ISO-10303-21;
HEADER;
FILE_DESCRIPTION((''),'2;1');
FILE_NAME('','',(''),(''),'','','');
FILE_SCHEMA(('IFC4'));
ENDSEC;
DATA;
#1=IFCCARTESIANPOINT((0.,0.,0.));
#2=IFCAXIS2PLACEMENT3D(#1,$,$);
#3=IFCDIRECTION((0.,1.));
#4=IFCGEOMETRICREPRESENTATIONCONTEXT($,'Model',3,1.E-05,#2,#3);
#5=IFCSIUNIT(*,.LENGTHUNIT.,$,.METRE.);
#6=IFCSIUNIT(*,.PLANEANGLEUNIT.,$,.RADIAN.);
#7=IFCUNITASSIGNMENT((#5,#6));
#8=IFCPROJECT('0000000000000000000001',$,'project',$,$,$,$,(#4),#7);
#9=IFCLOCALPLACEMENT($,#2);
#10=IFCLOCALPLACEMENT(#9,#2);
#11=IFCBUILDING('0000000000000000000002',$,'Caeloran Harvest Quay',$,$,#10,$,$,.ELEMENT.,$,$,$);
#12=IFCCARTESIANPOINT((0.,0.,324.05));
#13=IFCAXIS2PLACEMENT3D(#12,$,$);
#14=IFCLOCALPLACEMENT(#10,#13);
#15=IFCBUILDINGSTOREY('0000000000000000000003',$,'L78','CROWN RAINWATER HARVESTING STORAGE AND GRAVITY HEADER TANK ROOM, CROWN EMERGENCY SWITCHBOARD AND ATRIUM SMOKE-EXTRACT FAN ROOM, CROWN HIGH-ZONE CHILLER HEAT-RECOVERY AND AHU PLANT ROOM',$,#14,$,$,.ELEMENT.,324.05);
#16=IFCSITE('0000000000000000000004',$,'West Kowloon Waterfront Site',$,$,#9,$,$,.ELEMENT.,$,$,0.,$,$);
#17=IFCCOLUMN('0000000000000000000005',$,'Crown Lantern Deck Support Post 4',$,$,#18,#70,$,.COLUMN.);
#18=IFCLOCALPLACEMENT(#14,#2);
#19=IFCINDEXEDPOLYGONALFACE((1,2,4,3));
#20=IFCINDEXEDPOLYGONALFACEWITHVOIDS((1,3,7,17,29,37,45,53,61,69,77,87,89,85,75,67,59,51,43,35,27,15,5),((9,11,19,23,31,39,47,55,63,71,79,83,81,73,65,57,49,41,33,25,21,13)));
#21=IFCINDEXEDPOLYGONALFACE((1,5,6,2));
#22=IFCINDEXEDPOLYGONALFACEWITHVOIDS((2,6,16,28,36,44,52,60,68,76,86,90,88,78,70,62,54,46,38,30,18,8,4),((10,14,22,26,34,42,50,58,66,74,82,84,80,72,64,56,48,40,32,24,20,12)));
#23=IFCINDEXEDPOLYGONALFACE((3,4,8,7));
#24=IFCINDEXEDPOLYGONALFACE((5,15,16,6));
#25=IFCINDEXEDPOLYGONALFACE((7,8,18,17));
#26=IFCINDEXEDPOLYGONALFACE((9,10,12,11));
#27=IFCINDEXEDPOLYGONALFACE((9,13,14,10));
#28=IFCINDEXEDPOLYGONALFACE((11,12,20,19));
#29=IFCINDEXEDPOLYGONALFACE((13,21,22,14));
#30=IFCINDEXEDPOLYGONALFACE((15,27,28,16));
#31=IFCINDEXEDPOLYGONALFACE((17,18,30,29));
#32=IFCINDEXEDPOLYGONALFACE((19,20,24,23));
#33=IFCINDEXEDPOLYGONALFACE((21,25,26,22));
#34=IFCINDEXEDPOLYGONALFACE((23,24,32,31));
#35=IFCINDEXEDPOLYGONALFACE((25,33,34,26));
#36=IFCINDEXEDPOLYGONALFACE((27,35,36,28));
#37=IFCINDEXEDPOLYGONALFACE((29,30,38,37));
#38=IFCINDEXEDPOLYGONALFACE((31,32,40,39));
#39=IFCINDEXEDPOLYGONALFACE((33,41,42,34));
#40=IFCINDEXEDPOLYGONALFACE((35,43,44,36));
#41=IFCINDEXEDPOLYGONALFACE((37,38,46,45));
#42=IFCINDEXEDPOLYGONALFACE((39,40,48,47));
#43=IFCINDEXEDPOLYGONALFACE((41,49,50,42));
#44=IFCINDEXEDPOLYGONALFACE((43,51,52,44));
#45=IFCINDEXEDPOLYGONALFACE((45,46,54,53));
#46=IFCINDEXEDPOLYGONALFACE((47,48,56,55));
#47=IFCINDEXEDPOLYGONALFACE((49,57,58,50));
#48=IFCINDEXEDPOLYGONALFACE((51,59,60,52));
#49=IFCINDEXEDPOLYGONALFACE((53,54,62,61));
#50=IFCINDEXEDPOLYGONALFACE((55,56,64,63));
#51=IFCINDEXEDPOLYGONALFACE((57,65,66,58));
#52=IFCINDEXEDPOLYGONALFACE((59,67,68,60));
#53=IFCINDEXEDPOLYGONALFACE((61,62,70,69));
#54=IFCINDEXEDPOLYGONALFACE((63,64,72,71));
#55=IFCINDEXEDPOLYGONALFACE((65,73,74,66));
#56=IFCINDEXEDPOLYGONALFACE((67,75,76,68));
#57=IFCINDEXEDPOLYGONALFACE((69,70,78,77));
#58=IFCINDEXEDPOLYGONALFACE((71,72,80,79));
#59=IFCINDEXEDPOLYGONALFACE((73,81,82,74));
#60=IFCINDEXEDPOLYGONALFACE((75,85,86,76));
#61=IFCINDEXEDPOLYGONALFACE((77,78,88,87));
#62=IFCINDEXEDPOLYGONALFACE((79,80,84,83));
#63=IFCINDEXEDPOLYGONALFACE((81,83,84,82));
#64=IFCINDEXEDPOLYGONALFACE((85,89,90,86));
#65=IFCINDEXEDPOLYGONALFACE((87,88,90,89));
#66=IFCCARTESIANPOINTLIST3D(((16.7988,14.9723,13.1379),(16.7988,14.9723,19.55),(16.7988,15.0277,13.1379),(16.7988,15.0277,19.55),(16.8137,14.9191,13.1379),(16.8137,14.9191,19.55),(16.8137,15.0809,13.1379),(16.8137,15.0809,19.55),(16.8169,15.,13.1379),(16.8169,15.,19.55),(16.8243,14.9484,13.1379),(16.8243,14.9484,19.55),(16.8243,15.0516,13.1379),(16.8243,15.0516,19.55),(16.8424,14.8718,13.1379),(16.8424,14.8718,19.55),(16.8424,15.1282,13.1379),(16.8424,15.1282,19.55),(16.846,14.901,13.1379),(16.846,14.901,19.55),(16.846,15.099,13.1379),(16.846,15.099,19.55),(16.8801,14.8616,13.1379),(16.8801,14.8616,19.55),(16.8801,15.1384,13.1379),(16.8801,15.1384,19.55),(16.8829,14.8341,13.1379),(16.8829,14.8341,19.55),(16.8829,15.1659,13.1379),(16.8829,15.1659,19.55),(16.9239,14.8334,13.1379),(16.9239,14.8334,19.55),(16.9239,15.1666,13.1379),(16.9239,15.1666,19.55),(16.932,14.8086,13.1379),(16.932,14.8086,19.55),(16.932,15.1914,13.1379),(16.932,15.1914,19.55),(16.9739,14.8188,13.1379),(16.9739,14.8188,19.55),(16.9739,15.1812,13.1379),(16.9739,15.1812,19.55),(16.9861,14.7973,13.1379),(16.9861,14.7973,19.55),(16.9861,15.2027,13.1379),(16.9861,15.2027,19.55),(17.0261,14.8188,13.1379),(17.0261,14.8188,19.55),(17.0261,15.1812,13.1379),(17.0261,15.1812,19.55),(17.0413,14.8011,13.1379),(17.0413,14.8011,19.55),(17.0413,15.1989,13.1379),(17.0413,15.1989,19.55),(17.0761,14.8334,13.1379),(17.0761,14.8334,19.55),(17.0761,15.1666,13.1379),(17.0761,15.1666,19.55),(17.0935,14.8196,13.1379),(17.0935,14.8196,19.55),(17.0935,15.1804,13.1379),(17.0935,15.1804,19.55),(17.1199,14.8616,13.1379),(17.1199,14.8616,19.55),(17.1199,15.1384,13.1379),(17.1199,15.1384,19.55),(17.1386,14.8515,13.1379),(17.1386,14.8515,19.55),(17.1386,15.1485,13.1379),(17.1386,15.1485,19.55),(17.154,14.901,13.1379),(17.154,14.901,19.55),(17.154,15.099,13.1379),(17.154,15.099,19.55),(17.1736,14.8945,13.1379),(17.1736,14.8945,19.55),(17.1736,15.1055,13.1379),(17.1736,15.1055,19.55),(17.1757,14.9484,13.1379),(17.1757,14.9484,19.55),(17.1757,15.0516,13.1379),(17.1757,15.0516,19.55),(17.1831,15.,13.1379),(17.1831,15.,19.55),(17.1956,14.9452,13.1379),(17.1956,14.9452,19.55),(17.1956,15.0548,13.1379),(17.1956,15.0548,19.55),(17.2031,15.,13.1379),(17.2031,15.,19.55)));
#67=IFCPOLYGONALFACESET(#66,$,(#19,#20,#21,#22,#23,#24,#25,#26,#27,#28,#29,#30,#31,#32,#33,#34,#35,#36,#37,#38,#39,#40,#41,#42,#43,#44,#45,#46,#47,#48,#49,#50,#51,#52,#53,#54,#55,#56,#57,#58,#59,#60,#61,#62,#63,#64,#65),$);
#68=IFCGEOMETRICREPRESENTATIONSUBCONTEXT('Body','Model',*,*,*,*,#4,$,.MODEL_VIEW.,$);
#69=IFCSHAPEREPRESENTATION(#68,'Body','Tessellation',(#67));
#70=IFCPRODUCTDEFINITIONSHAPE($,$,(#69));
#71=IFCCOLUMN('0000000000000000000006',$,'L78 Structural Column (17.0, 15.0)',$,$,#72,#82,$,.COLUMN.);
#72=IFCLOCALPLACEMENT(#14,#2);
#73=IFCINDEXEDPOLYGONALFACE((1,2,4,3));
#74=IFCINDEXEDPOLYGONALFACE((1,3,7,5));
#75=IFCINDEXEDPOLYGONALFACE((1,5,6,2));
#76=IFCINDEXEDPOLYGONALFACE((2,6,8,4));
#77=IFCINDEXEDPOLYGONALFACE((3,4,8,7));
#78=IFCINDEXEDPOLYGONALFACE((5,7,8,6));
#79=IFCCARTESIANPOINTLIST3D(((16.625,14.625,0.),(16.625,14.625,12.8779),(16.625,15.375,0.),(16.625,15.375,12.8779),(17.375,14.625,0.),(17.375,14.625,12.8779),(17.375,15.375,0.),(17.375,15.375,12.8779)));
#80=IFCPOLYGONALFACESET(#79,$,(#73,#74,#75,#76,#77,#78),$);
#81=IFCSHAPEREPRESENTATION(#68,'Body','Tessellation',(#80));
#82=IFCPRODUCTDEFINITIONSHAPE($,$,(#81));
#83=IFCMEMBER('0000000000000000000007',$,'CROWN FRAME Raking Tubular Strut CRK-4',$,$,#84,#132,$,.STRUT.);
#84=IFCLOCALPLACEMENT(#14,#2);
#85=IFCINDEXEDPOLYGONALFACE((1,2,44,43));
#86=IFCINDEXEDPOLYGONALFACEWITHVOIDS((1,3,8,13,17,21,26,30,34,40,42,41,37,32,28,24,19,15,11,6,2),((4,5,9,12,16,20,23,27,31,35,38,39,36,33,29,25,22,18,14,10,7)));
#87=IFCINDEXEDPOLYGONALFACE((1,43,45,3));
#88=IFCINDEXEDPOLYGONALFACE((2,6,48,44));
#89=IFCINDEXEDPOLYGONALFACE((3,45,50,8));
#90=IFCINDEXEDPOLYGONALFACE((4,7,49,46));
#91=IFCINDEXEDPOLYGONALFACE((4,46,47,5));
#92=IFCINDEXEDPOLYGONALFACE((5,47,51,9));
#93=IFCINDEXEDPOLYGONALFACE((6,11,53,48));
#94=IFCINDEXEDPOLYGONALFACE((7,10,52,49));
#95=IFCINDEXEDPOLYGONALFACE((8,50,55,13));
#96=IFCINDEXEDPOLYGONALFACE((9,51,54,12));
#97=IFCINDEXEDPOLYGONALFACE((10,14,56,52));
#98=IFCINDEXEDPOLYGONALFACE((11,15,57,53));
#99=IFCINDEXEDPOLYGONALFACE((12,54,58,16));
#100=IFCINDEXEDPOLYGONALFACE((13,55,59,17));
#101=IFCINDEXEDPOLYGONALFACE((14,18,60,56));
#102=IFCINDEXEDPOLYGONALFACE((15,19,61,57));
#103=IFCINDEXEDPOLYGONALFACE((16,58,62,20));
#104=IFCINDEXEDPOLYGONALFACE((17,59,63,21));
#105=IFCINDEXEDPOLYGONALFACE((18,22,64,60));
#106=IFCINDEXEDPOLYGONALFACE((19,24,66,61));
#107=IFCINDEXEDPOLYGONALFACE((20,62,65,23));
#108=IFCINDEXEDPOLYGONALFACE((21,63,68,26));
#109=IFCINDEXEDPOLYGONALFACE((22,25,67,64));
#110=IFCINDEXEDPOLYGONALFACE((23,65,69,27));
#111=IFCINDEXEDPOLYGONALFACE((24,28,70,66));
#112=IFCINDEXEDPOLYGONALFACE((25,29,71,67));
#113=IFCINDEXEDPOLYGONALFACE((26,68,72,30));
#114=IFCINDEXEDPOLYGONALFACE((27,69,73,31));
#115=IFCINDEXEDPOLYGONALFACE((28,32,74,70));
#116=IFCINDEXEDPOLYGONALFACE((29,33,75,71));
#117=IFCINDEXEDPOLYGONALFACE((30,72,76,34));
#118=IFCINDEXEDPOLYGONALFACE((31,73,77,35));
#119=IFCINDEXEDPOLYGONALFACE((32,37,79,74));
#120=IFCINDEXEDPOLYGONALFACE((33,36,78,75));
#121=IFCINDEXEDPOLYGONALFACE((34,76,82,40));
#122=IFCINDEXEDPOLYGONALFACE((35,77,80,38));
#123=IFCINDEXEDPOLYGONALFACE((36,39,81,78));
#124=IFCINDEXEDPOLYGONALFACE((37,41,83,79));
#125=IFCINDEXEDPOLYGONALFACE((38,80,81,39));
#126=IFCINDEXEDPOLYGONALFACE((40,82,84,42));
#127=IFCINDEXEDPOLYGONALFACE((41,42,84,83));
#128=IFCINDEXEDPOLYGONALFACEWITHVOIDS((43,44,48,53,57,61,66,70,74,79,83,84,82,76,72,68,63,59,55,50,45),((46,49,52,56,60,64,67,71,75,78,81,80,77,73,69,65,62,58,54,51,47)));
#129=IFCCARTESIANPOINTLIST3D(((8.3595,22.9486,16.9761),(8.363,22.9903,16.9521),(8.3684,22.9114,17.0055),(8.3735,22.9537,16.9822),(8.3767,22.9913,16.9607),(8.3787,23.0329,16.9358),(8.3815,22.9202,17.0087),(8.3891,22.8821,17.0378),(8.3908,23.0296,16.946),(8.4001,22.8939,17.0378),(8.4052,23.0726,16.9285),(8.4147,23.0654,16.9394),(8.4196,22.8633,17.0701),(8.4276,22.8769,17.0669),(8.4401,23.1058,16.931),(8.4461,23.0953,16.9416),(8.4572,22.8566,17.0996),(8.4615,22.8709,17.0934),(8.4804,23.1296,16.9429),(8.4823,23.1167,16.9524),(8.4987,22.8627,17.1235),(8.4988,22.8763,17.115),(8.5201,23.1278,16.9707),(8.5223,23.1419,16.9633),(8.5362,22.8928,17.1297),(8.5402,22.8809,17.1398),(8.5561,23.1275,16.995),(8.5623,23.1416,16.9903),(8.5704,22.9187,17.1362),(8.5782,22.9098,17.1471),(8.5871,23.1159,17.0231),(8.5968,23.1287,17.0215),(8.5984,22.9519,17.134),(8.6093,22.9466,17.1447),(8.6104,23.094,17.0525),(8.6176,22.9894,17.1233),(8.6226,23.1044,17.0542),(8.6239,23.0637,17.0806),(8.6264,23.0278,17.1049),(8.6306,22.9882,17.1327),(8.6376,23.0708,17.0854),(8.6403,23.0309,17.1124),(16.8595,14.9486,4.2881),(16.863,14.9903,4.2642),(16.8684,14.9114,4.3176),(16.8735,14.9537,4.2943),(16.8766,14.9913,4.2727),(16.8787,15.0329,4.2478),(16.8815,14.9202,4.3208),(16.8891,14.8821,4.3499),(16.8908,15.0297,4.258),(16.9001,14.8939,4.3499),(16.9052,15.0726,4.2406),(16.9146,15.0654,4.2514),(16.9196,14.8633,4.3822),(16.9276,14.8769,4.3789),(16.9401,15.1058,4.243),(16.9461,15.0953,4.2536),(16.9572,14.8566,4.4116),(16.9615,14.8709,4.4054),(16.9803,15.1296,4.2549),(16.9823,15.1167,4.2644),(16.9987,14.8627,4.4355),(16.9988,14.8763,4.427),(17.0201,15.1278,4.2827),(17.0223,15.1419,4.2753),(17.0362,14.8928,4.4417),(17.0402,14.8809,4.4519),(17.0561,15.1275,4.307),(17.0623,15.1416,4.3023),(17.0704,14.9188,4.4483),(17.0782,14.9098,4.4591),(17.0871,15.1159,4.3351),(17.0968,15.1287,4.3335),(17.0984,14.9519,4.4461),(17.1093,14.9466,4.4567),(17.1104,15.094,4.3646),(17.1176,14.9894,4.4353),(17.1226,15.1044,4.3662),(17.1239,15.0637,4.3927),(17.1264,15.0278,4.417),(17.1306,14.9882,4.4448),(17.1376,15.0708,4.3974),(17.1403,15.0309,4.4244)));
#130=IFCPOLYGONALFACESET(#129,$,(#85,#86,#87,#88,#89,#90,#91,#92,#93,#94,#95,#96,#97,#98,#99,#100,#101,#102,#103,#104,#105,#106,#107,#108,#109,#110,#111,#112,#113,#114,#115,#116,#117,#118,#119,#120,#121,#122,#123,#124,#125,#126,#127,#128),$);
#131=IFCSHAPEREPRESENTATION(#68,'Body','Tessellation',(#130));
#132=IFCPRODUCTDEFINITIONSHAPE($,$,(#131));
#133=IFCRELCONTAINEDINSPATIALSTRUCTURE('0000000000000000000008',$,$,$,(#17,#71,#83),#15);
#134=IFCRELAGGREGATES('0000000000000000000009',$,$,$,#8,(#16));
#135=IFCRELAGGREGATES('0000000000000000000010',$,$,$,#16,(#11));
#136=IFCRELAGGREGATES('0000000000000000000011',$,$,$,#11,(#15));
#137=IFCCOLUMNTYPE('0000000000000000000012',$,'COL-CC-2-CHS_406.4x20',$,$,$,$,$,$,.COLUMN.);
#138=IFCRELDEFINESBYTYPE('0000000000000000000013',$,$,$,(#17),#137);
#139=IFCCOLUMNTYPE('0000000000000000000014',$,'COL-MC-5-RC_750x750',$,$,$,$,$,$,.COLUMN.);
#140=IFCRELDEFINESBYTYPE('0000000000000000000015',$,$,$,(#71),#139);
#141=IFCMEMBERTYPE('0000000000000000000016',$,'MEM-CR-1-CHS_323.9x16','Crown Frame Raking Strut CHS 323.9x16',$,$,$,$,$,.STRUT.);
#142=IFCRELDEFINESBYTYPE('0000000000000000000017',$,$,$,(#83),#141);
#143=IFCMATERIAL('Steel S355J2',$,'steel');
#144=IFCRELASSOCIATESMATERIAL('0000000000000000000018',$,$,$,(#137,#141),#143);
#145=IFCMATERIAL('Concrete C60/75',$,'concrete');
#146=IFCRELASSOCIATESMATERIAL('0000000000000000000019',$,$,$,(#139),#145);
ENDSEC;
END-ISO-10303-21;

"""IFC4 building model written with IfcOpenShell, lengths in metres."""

from ifc_helpers import new_model, si_unit, direction, frame, origin, origin_2d, place, context, subcontext, project, spatial, rectangle, hollow_circle, extrude, material, material_profile, profile_set, type_object, element, save


model = new_model("IFC4")

# Units and contexts
model_context = context("Model", 3, precision=1e-05, world=origin(), true_north=direction((0.0, 1.0)))
body_context = subcontext(model_context, "Body", "Model", "MODEL_VIEW")
ifc_project = project(units=[si_unit("LENGTHUNIT", "METRE"), si_unit("PLANEANGLEUNIT", "RADIAN")], contexts=[model_context])

# Site, building, storey
site_placement = place(None, origin())
site = spatial("IfcSite", under=ifc_project, at=site_placement, Name="West Kowloon Waterfront Site", CompositionType="ELEMENT", RefElevation=0.0)
building_placement = place(site_placement, origin())
building = spatial("IfcBuilding", under=site, at=building_placement, Name="Caeloran Harvest Quay", CompositionType="ELEMENT")
storey_placement = place(building_placement, frame((0.0, 0.0, 324.05)))
storey = spatial("IfcBuildingStorey", under=building, at=storey_placement, Name="L78", Description="CROWN RAINWATER HARVESTING STORAGE AND GRAVITY HEADER TANK ROOM, CROWN EMERGENCY SWITCHBOARD AND ATRIUM SMOKE-EXTRACT FAN ROOM, CROWN HIGH-ZONE CHILLER HEAT-RECOVERY AND AHU PLANT ROOM", CompositionType="ELEMENT", Elevation=324.05)

# Columns
ifc_material_1 = material(Name="Steel S355J2", Category="steel")
ifc_material_profile_1 = material_profile(ifc_material_1, hollow_circle(Radius=0.2031, WallThickness=0.02, at=origin_2d()), Name="CHS 406.4x20")
ifc_profile_set_1 = profile_set([ifc_material_profile_1], Name="Steel S355J2")
column_type_1 = type_object("IfcColumnType", Name="COL-CC-2-CHS_406.4x20", PredefinedType="COLUMN", material=ifc_profile_set_1)
column_1_placement = place(storey_placement, frame((17.0, 15.0, 13.1379), z_axis=(0.0, 0.0, 1.0), x_axis=(1.0, 0.0, 0.0)))
element("IfcColumn", 1, at=column_1_placement, inside=storey, type_object=column_type_1, Name="Crown Lantern Deck Support Post 4", PredefinedType="COLUMN", context=body_context, shape_type="SweptSolid", body=[
    extrude(hollow_circle(Radius=0.2031, WallThickness=0.02, at=origin_2d()), origin(), (0.0, 0.0, 1.0), 6.4121),
])
ifc_material_2 = material(Name="Concrete C60/75", Category="concrete")
ifc_material_profile_2 = material_profile(ifc_material_2, rectangle(XDim=0.75, YDim=0.75, at=origin_2d()), Name="RC 750x750")
ifc_profile_set_2 = profile_set([ifc_material_profile_2], Name="Concrete C60/75")
column_type_2 = type_object("IfcColumnType", Name="COL-MC-5-RC_750x750", PredefinedType="COLUMN", material=ifc_profile_set_2)
column_2_placement = place(storey_placement, frame((17.0, 15.0, 0.0), z_axis=(0.0, 0.0, 1.0), x_axis=(1.0, 0.0, 0.0)))
element("IfcColumn", 2, at=column_2_placement, inside=storey, type_object=column_type_2, Name="L78 Structural Column (17.0, 15.0)", PredefinedType="COLUMN", context=body_context, shape_type="SweptSolid", body=[
    extrude(rectangle(XDim=0.75, YDim=0.75, at=origin_2d()), origin(), (0.0, 0.0, 1.0), 12.8779),
])

# Member
ifc_material_profile_3 = material_profile(ifc_material_1, hollow_circle(Radius=0.1619, WallThickness=0.0161, at=origin_2d()), Name="CHS 323.9x16")
ifc_profile_set_3 = profile_set([ifc_material_profile_3], Name="Steel S355J2")
member_type_1 = type_object("IfcMemberType", Name="MEM-CR-1-CHS_323.9x16", Description="Crown Frame Raking Strut CHS 323.9x16", PredefinedType="STRUT", material=ifc_profile_set_3)
member_placement = place(storey_placement, frame((17.0, 15.0, 4.3499), z_axis=(-0.493025, 0.464024, 0.735941), x_axis=(-0.685365, -0.7282, 0.0)))
element("IfcMember", 3, at=member_placement, inside=storey, type_object=member_type_1, Name="CROWN FRAME Raking Tubular Strut CRK-4", PredefinedType="STRUT", context=body_context, shape_type="SweptSolid", body=[
    extrude(hollow_circle(Radius=0.1619, WallThickness=0.0161, at=origin_2d()), origin(), (0.0, 0.0, 1.0), 17.2405),
])

save(model, "model.ifc")
